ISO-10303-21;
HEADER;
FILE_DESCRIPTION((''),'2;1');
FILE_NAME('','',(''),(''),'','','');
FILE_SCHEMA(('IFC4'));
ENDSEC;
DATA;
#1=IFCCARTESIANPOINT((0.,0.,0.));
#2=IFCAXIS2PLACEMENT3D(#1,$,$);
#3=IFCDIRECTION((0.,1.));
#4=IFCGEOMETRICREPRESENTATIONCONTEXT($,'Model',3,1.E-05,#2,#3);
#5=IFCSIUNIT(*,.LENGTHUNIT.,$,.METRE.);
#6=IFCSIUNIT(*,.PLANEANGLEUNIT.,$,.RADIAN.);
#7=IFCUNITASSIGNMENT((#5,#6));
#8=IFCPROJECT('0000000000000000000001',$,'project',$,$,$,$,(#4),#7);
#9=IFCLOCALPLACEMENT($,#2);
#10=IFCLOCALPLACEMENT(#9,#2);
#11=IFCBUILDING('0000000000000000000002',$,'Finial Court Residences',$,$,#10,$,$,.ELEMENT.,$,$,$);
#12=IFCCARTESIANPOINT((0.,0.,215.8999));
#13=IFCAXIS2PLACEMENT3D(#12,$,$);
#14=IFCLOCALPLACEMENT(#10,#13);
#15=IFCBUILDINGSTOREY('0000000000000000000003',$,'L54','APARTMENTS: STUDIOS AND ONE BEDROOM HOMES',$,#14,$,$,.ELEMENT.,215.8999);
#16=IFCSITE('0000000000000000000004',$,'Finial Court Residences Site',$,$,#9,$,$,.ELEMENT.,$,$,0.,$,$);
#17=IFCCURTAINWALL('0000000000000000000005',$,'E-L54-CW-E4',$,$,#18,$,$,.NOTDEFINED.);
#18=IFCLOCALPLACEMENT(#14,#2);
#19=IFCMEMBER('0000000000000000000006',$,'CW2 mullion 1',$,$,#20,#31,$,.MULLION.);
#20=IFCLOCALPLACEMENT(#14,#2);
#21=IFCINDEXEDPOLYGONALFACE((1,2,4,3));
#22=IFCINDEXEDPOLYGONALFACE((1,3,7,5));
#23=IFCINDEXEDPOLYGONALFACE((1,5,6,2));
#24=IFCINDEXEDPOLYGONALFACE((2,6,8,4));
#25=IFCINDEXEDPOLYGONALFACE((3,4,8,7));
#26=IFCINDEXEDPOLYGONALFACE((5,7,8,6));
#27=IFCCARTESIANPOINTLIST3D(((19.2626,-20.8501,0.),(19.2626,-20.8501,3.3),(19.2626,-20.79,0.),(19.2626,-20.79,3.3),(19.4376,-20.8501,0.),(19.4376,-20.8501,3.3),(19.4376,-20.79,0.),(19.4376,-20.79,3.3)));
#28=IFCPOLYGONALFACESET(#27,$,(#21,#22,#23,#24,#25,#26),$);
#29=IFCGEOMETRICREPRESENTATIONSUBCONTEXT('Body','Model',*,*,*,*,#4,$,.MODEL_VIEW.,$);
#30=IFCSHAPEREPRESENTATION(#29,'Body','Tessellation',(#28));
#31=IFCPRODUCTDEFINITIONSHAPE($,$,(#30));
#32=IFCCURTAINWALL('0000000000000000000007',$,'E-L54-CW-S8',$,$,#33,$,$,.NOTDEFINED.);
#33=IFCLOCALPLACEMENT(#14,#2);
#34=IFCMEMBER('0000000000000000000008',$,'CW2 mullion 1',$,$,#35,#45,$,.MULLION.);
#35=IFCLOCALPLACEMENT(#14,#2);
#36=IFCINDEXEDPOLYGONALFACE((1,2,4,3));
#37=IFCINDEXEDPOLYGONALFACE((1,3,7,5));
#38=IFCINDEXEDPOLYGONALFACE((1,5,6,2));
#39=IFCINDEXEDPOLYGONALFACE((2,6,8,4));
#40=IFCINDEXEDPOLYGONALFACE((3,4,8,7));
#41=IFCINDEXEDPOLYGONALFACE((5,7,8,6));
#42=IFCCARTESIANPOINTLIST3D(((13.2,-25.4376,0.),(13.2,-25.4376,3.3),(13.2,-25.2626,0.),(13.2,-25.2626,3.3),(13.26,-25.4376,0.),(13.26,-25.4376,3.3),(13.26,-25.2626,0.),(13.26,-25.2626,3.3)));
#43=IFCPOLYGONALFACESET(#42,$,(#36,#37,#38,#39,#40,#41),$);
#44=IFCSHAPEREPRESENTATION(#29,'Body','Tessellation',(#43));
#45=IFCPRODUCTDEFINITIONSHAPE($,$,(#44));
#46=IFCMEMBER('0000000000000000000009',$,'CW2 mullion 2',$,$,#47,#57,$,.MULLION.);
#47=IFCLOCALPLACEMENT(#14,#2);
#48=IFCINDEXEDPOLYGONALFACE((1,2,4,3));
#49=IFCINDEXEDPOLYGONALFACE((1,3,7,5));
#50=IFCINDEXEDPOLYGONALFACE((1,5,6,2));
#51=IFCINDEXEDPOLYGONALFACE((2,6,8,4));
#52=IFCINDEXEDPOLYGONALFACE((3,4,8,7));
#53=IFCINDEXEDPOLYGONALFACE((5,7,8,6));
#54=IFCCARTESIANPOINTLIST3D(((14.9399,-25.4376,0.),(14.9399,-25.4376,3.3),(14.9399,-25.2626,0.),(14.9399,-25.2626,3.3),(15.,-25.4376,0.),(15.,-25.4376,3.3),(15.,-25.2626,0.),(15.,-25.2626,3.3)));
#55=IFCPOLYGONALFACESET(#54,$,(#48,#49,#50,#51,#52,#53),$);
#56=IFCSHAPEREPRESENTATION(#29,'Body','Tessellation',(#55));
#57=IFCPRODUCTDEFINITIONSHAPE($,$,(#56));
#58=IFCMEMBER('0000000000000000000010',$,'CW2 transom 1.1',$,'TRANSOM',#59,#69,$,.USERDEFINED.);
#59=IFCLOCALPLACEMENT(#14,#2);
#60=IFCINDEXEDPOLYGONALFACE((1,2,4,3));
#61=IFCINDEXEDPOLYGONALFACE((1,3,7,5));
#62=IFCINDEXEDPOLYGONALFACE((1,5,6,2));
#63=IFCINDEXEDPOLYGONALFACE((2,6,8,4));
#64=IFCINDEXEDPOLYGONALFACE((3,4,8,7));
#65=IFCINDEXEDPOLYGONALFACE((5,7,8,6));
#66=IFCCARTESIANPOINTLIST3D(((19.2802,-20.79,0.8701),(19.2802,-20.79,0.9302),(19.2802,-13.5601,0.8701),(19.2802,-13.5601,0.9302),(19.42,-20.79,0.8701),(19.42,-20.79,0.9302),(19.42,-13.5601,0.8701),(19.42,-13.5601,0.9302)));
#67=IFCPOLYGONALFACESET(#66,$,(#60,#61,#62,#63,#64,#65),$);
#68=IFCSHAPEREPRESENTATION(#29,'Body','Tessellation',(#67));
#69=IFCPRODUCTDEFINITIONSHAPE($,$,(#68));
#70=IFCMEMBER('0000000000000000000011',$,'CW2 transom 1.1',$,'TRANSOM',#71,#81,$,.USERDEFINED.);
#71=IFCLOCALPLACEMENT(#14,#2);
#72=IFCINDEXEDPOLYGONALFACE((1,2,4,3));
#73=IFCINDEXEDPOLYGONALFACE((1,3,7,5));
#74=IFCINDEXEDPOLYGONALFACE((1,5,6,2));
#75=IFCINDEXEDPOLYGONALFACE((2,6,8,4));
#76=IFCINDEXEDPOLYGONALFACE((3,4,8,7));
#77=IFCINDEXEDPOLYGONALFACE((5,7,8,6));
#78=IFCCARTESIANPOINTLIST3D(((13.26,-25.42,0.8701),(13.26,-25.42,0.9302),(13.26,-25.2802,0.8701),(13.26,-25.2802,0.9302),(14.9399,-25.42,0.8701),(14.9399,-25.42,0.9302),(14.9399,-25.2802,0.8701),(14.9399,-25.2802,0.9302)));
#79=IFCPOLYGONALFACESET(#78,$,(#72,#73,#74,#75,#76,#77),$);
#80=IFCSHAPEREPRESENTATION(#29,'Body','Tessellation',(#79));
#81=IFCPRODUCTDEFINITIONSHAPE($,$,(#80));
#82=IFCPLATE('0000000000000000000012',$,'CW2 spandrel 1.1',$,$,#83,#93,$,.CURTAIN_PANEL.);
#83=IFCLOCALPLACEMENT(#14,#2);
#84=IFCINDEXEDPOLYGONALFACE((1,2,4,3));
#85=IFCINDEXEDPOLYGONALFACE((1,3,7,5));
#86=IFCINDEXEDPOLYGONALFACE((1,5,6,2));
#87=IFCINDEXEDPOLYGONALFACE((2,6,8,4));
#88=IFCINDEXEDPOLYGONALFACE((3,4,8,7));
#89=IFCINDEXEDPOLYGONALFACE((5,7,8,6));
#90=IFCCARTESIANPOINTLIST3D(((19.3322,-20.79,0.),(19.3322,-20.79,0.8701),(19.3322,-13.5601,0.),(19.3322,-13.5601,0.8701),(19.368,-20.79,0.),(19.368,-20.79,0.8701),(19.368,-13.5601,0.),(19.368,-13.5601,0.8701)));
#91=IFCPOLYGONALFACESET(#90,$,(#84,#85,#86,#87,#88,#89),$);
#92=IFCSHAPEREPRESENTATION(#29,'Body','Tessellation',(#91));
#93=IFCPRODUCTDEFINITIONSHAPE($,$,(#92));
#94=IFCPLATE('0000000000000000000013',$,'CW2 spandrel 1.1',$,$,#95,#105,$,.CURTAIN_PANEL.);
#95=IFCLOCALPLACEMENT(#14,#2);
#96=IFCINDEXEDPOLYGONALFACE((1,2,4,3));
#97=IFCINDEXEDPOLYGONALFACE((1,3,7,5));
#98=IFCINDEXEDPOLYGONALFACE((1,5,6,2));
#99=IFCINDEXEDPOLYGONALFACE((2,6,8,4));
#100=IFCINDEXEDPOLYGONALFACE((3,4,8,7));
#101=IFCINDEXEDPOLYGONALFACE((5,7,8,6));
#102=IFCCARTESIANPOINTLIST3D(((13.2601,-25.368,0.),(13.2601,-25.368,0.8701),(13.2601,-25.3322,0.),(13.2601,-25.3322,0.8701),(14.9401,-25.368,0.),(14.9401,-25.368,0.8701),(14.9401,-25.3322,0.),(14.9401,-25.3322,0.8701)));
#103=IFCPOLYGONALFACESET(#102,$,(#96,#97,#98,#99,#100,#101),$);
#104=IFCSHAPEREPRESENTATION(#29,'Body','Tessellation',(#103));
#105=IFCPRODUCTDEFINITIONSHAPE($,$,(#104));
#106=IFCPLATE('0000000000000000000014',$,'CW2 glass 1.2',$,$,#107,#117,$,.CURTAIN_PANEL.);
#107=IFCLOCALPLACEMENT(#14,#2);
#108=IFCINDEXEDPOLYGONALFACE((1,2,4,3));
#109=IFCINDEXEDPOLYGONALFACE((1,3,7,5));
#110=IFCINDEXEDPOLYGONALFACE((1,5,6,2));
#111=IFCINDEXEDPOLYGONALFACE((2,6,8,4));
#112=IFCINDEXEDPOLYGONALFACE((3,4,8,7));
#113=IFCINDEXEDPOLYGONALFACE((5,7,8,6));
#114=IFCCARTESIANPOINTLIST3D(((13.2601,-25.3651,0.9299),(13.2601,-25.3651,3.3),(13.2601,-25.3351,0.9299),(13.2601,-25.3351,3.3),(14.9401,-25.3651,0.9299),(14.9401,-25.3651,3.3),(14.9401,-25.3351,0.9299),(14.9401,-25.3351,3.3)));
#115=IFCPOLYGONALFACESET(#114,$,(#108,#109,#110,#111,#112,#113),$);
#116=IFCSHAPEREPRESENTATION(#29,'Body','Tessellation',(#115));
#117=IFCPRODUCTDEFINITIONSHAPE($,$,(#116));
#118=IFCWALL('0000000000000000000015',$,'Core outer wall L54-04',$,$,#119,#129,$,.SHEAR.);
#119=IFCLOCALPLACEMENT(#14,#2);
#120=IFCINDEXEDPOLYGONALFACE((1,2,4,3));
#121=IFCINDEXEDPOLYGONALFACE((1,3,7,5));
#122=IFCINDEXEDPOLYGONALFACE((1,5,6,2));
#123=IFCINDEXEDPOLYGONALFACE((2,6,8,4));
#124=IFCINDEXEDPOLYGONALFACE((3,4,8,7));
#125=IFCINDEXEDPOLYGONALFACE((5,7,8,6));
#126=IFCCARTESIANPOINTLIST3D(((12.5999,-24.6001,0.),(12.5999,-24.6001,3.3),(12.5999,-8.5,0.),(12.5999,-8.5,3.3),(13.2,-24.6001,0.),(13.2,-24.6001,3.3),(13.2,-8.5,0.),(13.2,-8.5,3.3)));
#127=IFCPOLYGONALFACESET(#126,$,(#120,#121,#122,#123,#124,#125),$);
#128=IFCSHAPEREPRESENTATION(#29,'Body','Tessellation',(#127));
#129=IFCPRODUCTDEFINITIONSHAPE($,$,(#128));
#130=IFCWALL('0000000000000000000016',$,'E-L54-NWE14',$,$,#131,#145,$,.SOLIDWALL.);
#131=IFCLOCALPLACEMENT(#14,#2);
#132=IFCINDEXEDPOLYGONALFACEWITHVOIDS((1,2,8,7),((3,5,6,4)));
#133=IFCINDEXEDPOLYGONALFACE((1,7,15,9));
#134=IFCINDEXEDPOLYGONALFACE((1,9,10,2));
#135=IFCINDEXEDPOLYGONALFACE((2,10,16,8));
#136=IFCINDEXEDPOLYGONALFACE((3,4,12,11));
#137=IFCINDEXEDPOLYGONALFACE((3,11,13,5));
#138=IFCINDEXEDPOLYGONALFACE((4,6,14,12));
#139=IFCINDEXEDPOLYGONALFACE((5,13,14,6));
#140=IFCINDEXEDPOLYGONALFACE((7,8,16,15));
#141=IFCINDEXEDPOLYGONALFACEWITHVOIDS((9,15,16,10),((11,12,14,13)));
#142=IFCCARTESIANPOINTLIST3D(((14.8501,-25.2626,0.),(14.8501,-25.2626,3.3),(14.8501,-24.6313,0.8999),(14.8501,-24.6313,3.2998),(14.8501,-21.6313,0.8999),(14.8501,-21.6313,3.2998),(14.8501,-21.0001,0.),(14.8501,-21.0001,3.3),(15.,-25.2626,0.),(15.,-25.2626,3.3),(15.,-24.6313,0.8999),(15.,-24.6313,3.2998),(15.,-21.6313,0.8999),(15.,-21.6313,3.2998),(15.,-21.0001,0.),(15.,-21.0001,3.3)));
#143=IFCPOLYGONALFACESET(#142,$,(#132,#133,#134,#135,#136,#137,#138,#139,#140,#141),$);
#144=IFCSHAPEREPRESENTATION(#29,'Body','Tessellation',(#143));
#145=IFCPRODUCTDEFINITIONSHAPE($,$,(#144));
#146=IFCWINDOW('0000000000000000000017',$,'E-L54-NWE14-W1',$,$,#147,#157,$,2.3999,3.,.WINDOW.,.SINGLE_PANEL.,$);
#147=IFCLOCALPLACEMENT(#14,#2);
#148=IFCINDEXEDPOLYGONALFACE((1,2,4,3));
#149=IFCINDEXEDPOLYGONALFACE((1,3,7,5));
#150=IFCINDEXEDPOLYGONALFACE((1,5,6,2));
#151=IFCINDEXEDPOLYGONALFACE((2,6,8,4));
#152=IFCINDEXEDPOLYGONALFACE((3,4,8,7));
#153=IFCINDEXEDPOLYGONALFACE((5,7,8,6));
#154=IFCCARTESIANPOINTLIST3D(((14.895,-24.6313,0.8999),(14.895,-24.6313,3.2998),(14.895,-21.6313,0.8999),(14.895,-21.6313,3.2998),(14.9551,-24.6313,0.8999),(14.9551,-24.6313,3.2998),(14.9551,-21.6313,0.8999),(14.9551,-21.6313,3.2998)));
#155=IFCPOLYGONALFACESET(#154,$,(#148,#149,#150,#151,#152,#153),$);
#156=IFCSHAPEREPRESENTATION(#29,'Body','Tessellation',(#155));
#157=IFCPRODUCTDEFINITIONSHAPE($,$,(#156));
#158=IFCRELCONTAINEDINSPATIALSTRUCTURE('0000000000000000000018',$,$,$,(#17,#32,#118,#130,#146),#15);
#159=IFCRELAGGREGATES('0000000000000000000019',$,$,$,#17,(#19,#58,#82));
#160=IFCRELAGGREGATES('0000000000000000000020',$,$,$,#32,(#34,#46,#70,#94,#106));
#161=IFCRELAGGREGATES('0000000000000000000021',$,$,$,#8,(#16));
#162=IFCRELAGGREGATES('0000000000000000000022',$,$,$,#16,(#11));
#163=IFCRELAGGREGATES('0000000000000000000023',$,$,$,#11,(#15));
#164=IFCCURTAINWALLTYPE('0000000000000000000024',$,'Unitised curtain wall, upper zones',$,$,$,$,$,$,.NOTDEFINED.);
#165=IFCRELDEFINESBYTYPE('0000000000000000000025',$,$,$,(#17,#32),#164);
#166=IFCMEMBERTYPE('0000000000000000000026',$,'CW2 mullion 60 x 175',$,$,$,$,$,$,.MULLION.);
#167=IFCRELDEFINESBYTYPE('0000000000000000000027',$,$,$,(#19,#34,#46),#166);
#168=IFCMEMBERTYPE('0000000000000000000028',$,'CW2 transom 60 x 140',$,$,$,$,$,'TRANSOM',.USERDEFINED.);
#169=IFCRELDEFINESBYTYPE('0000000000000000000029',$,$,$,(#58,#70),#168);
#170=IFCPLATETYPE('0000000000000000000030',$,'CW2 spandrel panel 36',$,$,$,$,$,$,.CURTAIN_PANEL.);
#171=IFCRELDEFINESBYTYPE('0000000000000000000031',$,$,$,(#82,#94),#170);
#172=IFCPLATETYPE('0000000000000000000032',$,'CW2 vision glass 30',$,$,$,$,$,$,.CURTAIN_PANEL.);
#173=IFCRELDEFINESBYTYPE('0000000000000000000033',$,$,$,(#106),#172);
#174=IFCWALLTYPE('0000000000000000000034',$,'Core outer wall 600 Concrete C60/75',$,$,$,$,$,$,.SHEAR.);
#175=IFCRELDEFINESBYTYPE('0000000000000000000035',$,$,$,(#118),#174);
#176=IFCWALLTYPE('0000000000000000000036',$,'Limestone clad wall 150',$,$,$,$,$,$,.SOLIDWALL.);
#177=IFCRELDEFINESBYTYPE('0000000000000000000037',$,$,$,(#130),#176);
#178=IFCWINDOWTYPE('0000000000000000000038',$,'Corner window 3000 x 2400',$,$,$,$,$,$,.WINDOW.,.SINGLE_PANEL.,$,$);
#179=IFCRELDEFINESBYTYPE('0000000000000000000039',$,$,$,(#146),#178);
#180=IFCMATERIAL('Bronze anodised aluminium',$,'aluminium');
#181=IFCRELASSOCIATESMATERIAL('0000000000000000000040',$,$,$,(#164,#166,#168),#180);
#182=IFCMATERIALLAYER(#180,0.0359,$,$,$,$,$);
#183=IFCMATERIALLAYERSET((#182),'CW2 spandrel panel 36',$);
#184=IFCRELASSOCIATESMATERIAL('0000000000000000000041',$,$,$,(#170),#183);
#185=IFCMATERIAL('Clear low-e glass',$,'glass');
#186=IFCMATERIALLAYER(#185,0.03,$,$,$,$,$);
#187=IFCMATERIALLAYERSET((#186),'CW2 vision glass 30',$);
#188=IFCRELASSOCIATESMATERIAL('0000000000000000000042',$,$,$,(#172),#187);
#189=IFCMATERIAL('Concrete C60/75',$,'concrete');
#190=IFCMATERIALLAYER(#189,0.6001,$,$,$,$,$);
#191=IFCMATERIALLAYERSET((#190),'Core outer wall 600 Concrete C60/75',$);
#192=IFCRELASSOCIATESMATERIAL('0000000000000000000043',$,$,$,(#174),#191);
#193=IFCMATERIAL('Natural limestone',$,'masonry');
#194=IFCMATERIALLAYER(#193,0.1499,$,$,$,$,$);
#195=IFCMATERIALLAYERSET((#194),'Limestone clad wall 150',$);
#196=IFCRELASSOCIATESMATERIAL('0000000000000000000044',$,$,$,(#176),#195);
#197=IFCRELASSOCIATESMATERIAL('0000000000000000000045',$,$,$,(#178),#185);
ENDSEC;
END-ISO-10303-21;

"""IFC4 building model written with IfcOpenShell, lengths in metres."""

from ifc_helpers import new_model, si_unit, direction, frame, frame_2d, origin, origin_2d, place, context, subcontext, project, spatial, rectangle, extrude, material, layer, layer_set, material_profile, profile_set, type_object, element, fill, aggregate, save


model = new_model("IFC4")

# Units and contexts
model_context = context("Model", 3, precision=1e-05, world=origin(), true_north=direction((0.0, 1.0)))
body_context = subcontext(model_context, "Body", "Model", "MODEL_VIEW")
ifc_project = project(units=[si_unit("LENGTHUNIT", "METRE"), si_unit("PLANEANGLEUNIT", "RADIAN")], contexts=[model_context])

# Site, building, storey
site_placement = place(None, origin())
site = spatial("IfcSite", under=ifc_project, at=site_placement, Name="Finial Court Residences Site", CompositionType="ELEMENT", RefElevation=0.0)
building_placement = place(site_placement, origin())
building = spatial("IfcBuilding", under=site, at=building_placement, Name="Finial Court Residences", CompositionType="ELEMENT")
storey_placement = place(building_placement, frame((0.0, 0.0, 215.8999)))
storey = spatial("IfcBuildingStorey", under=building, at=storey_placement, Name="L54", Description="APARTMENTS: STUDIOS AND ONE BEDROOM HOMES", CompositionType="ELEMENT", Elevation=215.8999)

# Curtain wall, member
ifc_material_1 = material(Name="Bronze anodised aluminium", Category="aluminium")
curtain_wall_type = type_object("IfcCurtainWallType", Name="Unitised curtain wall, upper zones", PredefinedType="NOTDEFINED", material=ifc_material_1)
curtain_wall_1_placement = place(storey_placement, origin())
curtain_wall_1 = element("IfcCurtainWall", 1, at=curtain_wall_1_placement, inside=storey, type_object=curtain_wall_type, Name="E-L54-CW-E4", PredefinedType="NOTDEFINED")
ifc_material_profile_1 = material_profile(ifc_material_1, rectangle(XDim=0.175, YDim=0.0601, at=origin_2d()), Name="CW2 mullion 60 x 175")
ifc_profile_set_1 = profile_set([ifc_material_profile_1], Name="Bronze anodised aluminium")
member_type_1 = type_object("IfcMemberType", Name="CW2 mullion 60 x 175", PredefinedType="MULLION", material=ifc_profile_set_1)
member_1_placement = place(storey_placement, frame((19.3501, -20.8201, 0.0), z_axis=(0.0, 0.0, 1.0), x_axis=(-1.0, 0.0, 0.0)))
member_1 = element("IfcMember", 2, at=member_1_placement, type_object=member_type_1, Name="CW2 mullion 1", PredefinedType="MULLION", context=body_context, shape_type="SweptSolid", body=[
    extrude(rectangle(XDim=0.175, YDim=0.0601, at=origin_2d()), origin(), (0.0, 0.0, 1.0), 3.3),
])

# Curtain wall, members
curtain_wall_2_placement = place(storey_placement, origin())
curtain_wall_2 = element("IfcCurtainWall", 3, at=curtain_wall_2_placement, inside=storey, type_object=curtain_wall_type, Name="E-L54-CW-S8", PredefinedType="NOTDEFINED")
member_2_placement = place(storey_placement, frame((13.23, -25.3501, 0.0), z_axis=(0.0, 0.0, 1.0), x_axis=(0.0, 1.0, 0.0)))
member_2 = element("IfcMember", 4, at=member_2_placement, type_object=member_type_1, Name="CW2 mullion 1", PredefinedType="MULLION", context=body_context, shape_type="SweptSolid", body=[
    extrude(rectangle(XDim=0.175, YDim=0.0601, at=origin_2d()), origin(), (0.0, 0.0, 1.0), 3.3),
])
member_3_placement = place(storey_placement, frame((14.97, -25.3501, 0.0), z_axis=(0.0, 0.0, 1.0), x_axis=(0.0, 1.0, 0.0)))
member_3 = element("IfcMember", 5, at=member_3_placement, type_object=member_type_1, Name="CW2 mullion 2", PredefinedType="MULLION", context=body_context, shape_type="SweptSolid", body=[
    extrude(rectangle(XDim=0.175, YDim=0.0601, at=origin_2d()), origin(), (0.0, 0.0, 1.0), 3.3),
])

# Members
ifc_material_profile_2 = material_profile(ifc_material_1, rectangle(XDim=0.1399, YDim=0.0601, at=origin_2d()), Name="CW2 transom 60 x 140")
ifc_profile_set_2 = profile_set([ifc_material_profile_2], Name="Bronze anodised aluminium")
member_type_2 = type_object("IfcMemberType", Name="CW2 transom 60 x 140", ElementType="TRANSOM", PredefinedType="USERDEFINED", material=ifc_profile_set_2)
member_4_placement = place(storey_placement, frame((19.3501, -20.79, 0.9001), z_axis=(0.0, 1.0, 0.0), x_axis=(-1.0, 0.0, 0.0)))
member_4 = element("IfcMember", 6, at=member_4_placement, type_object=member_type_2, Name="CW2 transom 1.1", ObjectType="TRANSOM", PredefinedType="USERDEFINED", context=body_context, shape_type="SweptSolid", body=[
    extrude(rectangle(XDim=0.1399, YDim=0.0601, at=origin_2d()), origin(), (0.0, 0.0, 1.0), 7.23),
])
member_5_placement = place(storey_placement, frame((13.26, -25.3501, 0.9001), z_axis=(1.0, 0.0, 0.0), x_axis=(0.0, 1.0, 0.0)))
member_5 = element("IfcMember", 7, at=member_5_placement, type_object=member_type_2, Name="CW2 transom 1.1", ObjectType="TRANSOM", PredefinedType="USERDEFINED", context=body_context, shape_type="SweptSolid", body=[
    extrude(rectangle(XDim=0.1399, YDim=0.0601, at=origin_2d()), origin(), (0.0, 0.0, 1.0), 1.6799),
])

# Plates
ifc_layer_1 = layer(ifc_material_1, 0.0359)
ifc_layer_set_1 = layer_set([ifc_layer_1], Name="CW2 spandrel panel 36")
plate_type_1 = type_object("IfcPlateType", Name="CW2 spandrel panel 36", PredefinedType="CURTAIN_PANEL", material=ifc_layer_set_1)
plate_1_placement = place(storey_placement, frame((19.3501, -17.175, 0.0), z_axis=(0.0, 0.0, 1.0), x_axis=(0.0, 1.0, 0.0)))
plate_1 = element("IfcPlate", 8, at=plate_1_placement, type_object=plate_type_1, Name="CW2 spandrel 1.1", PredefinedType="CURTAIN_PANEL", context=body_context, shape_type="SweptSolid", body=[
    extrude(rectangle(XDim=7.23, YDim=0.0359, at=origin_2d()), origin(), (0.0, 0.0, 1.0), 0.8701),
])
aggregate(curtain_wall_1, [member_1, member_4, plate_1])
plate_2_placement = place(storey_placement, frame((14.1001, -25.3501, 0.0), z_axis=(0.0, 0.0, 1.0), x_axis=(1.0, 0.0, 0.0)))
plate_2 = element("IfcPlate", 9, at=plate_2_placement, type_object=plate_type_1, Name="CW2 spandrel 1.1", PredefinedType="CURTAIN_PANEL", context=body_context, shape_type="SweptSolid", body=[
    extrude(rectangle(XDim=1.6799, YDim=0.0359, at=origin_2d()), origin(), (0.0, 0.0, 1.0), 0.8701),
])
ifc_material_2 = material(Name="Clear low-e glass", Category="glass")
ifc_layer_2 = layer(ifc_material_2, 0.03)
ifc_layer_set_2 = layer_set([ifc_layer_2], Name="CW2 vision glass 30")
plate_type_2 = type_object("IfcPlateType", Name="CW2 vision glass 30", PredefinedType="CURTAIN_PANEL", material=ifc_layer_set_2)
plate_3_placement = place(storey_placement, frame((14.1001, -25.3501, 0.9299), z_axis=(0.0, 0.0, 1.0), x_axis=(1.0, 0.0, 0.0)))
plate_3 = element("IfcPlate", 10, at=plate_3_placement, type_object=plate_type_2, Name="CW2 glass 1.2", PredefinedType="CURTAIN_PANEL", context=body_context, shape_type="SweptSolid", body=[
    extrude(rectangle(XDim=1.6799, YDim=0.03, at=origin_2d()), origin(), (0.0, 0.0, 1.0), 2.3701),
])
aggregate(curtain_wall_2, [member_2, member_3, member_5, plate_2, plate_3])

# Wall
ifc_material_3 = material(Name="Concrete C60/75", Category="concrete")
ifc_layer_3 = layer(ifc_material_3, 0.6001)
ifc_layer_set_3 = layer_set([ifc_layer_3], Name="Core outer wall 600 Concrete C60/75")
wall_type_1 = type_object("IfcWallType", Name="Core outer wall 600 Concrete C60/75", PredefinedType="SHEAR", material=ifc_layer_set_3)
wall_1_placement = place(storey_placement, frame((12.8999, -24.6001, 0.0), z_axis=(0.0, 0.0, 1.0), x_axis=(0.0, 1.0, 0.0)))
element("IfcWall", 11, at=wall_1_placement, inside=storey, type_object=wall_type_1, Name="Core outer wall L54-04", PredefinedType="SHEAR", context=body_context, shape_type="SweptSolid", body=[
    extrude(rectangle(XDim=16.1001, YDim=0.6001, at=frame_2d((8.05, 0.0))), origin(), (0.0, 0.0, 1.0), 3.3),
])

# Wall, opening, window
ifc_material_4 = material(Name="Natural limestone", Category="masonry")
ifc_layer_4 = layer(ifc_material_4, 0.1499)
ifc_layer_set_4 = layer_set([ifc_layer_4], Name="Limestone clad wall 150")
wall_type_2 = type_object("IfcWallType", Name="Limestone clad wall 150", PredefinedType="SOLIDWALL", material=ifc_layer_set_4)
wall_2_placement = place(storey_placement, frame((14.925, -21.0, 0.0), z_axis=(0.0, 0.0, 1.0), x_axis=(0.0, -1.0, 0.0)))
wall_2 = element("IfcWall", 12, at=wall_2_placement, inside=storey, type_object=wall_type_2, Name="E-L54-NWE14", PredefinedType="SOLIDWALL", context=body_context, shape_type="SweptSolid", body=[
    extrude(rectangle(XDim=4.2625, YDim=0.1499, at=frame_2d((2.1313, 0.0))), origin(), (0.0, 0.0, 1.0), 3.3),
])
opening_1_placement = place(wall_2_placement, frame((0.6313, 0.0, 0.8999)))
opening_1 = element("IfcOpeningElement", 13, at=opening_1_placement, cuts=wall_2, PredefinedType="OPENING", context=body_context, shape_type="SweptSolid", body=[
    extrude(rectangle(XDim=3.0, YDim=2.3999, at=frame_2d((1.5, 1.2))), frame((0.0, 0.085, 0.0), z_axis=(0.0, -1.0, 0.0), x_axis=(1.0, 0.0, 0.0)), (0.0, 0.0, 1.0), 0.1699),
])
window_type = type_object("IfcWindowType", Name="Corner window 3000 x 2400", PartitioningType="SINGLE_PANEL", PredefinedType="WINDOW", material=ifc_material_2)
window_1_placement = place(opening_1_placement, origin())
window_1 = element("IfcWindow", 14, at=window_1_placement, inside=storey, type_object=window_type, Name="E-L54-NWE14-W1", OverallHeight=2.3999, OverallWidth=3.0, PartitioningType="SINGLE_PANEL", PredefinedType="WINDOW", context=body_context, shape_type="SweptSolid", body=[
    extrude(rectangle(XDim=3.0, YDim=2.3999, at=frame_2d((1.5, 1.2))), frame((0.0, 0.03, 0.0), z_axis=(0.0, -1.0, 0.0), x_axis=(1.0, 0.0, 0.0)), (0.0, 0.0, 1.0), 0.0601),
])
fill(opening_1, window_1)

save(model, "model.ifc")
